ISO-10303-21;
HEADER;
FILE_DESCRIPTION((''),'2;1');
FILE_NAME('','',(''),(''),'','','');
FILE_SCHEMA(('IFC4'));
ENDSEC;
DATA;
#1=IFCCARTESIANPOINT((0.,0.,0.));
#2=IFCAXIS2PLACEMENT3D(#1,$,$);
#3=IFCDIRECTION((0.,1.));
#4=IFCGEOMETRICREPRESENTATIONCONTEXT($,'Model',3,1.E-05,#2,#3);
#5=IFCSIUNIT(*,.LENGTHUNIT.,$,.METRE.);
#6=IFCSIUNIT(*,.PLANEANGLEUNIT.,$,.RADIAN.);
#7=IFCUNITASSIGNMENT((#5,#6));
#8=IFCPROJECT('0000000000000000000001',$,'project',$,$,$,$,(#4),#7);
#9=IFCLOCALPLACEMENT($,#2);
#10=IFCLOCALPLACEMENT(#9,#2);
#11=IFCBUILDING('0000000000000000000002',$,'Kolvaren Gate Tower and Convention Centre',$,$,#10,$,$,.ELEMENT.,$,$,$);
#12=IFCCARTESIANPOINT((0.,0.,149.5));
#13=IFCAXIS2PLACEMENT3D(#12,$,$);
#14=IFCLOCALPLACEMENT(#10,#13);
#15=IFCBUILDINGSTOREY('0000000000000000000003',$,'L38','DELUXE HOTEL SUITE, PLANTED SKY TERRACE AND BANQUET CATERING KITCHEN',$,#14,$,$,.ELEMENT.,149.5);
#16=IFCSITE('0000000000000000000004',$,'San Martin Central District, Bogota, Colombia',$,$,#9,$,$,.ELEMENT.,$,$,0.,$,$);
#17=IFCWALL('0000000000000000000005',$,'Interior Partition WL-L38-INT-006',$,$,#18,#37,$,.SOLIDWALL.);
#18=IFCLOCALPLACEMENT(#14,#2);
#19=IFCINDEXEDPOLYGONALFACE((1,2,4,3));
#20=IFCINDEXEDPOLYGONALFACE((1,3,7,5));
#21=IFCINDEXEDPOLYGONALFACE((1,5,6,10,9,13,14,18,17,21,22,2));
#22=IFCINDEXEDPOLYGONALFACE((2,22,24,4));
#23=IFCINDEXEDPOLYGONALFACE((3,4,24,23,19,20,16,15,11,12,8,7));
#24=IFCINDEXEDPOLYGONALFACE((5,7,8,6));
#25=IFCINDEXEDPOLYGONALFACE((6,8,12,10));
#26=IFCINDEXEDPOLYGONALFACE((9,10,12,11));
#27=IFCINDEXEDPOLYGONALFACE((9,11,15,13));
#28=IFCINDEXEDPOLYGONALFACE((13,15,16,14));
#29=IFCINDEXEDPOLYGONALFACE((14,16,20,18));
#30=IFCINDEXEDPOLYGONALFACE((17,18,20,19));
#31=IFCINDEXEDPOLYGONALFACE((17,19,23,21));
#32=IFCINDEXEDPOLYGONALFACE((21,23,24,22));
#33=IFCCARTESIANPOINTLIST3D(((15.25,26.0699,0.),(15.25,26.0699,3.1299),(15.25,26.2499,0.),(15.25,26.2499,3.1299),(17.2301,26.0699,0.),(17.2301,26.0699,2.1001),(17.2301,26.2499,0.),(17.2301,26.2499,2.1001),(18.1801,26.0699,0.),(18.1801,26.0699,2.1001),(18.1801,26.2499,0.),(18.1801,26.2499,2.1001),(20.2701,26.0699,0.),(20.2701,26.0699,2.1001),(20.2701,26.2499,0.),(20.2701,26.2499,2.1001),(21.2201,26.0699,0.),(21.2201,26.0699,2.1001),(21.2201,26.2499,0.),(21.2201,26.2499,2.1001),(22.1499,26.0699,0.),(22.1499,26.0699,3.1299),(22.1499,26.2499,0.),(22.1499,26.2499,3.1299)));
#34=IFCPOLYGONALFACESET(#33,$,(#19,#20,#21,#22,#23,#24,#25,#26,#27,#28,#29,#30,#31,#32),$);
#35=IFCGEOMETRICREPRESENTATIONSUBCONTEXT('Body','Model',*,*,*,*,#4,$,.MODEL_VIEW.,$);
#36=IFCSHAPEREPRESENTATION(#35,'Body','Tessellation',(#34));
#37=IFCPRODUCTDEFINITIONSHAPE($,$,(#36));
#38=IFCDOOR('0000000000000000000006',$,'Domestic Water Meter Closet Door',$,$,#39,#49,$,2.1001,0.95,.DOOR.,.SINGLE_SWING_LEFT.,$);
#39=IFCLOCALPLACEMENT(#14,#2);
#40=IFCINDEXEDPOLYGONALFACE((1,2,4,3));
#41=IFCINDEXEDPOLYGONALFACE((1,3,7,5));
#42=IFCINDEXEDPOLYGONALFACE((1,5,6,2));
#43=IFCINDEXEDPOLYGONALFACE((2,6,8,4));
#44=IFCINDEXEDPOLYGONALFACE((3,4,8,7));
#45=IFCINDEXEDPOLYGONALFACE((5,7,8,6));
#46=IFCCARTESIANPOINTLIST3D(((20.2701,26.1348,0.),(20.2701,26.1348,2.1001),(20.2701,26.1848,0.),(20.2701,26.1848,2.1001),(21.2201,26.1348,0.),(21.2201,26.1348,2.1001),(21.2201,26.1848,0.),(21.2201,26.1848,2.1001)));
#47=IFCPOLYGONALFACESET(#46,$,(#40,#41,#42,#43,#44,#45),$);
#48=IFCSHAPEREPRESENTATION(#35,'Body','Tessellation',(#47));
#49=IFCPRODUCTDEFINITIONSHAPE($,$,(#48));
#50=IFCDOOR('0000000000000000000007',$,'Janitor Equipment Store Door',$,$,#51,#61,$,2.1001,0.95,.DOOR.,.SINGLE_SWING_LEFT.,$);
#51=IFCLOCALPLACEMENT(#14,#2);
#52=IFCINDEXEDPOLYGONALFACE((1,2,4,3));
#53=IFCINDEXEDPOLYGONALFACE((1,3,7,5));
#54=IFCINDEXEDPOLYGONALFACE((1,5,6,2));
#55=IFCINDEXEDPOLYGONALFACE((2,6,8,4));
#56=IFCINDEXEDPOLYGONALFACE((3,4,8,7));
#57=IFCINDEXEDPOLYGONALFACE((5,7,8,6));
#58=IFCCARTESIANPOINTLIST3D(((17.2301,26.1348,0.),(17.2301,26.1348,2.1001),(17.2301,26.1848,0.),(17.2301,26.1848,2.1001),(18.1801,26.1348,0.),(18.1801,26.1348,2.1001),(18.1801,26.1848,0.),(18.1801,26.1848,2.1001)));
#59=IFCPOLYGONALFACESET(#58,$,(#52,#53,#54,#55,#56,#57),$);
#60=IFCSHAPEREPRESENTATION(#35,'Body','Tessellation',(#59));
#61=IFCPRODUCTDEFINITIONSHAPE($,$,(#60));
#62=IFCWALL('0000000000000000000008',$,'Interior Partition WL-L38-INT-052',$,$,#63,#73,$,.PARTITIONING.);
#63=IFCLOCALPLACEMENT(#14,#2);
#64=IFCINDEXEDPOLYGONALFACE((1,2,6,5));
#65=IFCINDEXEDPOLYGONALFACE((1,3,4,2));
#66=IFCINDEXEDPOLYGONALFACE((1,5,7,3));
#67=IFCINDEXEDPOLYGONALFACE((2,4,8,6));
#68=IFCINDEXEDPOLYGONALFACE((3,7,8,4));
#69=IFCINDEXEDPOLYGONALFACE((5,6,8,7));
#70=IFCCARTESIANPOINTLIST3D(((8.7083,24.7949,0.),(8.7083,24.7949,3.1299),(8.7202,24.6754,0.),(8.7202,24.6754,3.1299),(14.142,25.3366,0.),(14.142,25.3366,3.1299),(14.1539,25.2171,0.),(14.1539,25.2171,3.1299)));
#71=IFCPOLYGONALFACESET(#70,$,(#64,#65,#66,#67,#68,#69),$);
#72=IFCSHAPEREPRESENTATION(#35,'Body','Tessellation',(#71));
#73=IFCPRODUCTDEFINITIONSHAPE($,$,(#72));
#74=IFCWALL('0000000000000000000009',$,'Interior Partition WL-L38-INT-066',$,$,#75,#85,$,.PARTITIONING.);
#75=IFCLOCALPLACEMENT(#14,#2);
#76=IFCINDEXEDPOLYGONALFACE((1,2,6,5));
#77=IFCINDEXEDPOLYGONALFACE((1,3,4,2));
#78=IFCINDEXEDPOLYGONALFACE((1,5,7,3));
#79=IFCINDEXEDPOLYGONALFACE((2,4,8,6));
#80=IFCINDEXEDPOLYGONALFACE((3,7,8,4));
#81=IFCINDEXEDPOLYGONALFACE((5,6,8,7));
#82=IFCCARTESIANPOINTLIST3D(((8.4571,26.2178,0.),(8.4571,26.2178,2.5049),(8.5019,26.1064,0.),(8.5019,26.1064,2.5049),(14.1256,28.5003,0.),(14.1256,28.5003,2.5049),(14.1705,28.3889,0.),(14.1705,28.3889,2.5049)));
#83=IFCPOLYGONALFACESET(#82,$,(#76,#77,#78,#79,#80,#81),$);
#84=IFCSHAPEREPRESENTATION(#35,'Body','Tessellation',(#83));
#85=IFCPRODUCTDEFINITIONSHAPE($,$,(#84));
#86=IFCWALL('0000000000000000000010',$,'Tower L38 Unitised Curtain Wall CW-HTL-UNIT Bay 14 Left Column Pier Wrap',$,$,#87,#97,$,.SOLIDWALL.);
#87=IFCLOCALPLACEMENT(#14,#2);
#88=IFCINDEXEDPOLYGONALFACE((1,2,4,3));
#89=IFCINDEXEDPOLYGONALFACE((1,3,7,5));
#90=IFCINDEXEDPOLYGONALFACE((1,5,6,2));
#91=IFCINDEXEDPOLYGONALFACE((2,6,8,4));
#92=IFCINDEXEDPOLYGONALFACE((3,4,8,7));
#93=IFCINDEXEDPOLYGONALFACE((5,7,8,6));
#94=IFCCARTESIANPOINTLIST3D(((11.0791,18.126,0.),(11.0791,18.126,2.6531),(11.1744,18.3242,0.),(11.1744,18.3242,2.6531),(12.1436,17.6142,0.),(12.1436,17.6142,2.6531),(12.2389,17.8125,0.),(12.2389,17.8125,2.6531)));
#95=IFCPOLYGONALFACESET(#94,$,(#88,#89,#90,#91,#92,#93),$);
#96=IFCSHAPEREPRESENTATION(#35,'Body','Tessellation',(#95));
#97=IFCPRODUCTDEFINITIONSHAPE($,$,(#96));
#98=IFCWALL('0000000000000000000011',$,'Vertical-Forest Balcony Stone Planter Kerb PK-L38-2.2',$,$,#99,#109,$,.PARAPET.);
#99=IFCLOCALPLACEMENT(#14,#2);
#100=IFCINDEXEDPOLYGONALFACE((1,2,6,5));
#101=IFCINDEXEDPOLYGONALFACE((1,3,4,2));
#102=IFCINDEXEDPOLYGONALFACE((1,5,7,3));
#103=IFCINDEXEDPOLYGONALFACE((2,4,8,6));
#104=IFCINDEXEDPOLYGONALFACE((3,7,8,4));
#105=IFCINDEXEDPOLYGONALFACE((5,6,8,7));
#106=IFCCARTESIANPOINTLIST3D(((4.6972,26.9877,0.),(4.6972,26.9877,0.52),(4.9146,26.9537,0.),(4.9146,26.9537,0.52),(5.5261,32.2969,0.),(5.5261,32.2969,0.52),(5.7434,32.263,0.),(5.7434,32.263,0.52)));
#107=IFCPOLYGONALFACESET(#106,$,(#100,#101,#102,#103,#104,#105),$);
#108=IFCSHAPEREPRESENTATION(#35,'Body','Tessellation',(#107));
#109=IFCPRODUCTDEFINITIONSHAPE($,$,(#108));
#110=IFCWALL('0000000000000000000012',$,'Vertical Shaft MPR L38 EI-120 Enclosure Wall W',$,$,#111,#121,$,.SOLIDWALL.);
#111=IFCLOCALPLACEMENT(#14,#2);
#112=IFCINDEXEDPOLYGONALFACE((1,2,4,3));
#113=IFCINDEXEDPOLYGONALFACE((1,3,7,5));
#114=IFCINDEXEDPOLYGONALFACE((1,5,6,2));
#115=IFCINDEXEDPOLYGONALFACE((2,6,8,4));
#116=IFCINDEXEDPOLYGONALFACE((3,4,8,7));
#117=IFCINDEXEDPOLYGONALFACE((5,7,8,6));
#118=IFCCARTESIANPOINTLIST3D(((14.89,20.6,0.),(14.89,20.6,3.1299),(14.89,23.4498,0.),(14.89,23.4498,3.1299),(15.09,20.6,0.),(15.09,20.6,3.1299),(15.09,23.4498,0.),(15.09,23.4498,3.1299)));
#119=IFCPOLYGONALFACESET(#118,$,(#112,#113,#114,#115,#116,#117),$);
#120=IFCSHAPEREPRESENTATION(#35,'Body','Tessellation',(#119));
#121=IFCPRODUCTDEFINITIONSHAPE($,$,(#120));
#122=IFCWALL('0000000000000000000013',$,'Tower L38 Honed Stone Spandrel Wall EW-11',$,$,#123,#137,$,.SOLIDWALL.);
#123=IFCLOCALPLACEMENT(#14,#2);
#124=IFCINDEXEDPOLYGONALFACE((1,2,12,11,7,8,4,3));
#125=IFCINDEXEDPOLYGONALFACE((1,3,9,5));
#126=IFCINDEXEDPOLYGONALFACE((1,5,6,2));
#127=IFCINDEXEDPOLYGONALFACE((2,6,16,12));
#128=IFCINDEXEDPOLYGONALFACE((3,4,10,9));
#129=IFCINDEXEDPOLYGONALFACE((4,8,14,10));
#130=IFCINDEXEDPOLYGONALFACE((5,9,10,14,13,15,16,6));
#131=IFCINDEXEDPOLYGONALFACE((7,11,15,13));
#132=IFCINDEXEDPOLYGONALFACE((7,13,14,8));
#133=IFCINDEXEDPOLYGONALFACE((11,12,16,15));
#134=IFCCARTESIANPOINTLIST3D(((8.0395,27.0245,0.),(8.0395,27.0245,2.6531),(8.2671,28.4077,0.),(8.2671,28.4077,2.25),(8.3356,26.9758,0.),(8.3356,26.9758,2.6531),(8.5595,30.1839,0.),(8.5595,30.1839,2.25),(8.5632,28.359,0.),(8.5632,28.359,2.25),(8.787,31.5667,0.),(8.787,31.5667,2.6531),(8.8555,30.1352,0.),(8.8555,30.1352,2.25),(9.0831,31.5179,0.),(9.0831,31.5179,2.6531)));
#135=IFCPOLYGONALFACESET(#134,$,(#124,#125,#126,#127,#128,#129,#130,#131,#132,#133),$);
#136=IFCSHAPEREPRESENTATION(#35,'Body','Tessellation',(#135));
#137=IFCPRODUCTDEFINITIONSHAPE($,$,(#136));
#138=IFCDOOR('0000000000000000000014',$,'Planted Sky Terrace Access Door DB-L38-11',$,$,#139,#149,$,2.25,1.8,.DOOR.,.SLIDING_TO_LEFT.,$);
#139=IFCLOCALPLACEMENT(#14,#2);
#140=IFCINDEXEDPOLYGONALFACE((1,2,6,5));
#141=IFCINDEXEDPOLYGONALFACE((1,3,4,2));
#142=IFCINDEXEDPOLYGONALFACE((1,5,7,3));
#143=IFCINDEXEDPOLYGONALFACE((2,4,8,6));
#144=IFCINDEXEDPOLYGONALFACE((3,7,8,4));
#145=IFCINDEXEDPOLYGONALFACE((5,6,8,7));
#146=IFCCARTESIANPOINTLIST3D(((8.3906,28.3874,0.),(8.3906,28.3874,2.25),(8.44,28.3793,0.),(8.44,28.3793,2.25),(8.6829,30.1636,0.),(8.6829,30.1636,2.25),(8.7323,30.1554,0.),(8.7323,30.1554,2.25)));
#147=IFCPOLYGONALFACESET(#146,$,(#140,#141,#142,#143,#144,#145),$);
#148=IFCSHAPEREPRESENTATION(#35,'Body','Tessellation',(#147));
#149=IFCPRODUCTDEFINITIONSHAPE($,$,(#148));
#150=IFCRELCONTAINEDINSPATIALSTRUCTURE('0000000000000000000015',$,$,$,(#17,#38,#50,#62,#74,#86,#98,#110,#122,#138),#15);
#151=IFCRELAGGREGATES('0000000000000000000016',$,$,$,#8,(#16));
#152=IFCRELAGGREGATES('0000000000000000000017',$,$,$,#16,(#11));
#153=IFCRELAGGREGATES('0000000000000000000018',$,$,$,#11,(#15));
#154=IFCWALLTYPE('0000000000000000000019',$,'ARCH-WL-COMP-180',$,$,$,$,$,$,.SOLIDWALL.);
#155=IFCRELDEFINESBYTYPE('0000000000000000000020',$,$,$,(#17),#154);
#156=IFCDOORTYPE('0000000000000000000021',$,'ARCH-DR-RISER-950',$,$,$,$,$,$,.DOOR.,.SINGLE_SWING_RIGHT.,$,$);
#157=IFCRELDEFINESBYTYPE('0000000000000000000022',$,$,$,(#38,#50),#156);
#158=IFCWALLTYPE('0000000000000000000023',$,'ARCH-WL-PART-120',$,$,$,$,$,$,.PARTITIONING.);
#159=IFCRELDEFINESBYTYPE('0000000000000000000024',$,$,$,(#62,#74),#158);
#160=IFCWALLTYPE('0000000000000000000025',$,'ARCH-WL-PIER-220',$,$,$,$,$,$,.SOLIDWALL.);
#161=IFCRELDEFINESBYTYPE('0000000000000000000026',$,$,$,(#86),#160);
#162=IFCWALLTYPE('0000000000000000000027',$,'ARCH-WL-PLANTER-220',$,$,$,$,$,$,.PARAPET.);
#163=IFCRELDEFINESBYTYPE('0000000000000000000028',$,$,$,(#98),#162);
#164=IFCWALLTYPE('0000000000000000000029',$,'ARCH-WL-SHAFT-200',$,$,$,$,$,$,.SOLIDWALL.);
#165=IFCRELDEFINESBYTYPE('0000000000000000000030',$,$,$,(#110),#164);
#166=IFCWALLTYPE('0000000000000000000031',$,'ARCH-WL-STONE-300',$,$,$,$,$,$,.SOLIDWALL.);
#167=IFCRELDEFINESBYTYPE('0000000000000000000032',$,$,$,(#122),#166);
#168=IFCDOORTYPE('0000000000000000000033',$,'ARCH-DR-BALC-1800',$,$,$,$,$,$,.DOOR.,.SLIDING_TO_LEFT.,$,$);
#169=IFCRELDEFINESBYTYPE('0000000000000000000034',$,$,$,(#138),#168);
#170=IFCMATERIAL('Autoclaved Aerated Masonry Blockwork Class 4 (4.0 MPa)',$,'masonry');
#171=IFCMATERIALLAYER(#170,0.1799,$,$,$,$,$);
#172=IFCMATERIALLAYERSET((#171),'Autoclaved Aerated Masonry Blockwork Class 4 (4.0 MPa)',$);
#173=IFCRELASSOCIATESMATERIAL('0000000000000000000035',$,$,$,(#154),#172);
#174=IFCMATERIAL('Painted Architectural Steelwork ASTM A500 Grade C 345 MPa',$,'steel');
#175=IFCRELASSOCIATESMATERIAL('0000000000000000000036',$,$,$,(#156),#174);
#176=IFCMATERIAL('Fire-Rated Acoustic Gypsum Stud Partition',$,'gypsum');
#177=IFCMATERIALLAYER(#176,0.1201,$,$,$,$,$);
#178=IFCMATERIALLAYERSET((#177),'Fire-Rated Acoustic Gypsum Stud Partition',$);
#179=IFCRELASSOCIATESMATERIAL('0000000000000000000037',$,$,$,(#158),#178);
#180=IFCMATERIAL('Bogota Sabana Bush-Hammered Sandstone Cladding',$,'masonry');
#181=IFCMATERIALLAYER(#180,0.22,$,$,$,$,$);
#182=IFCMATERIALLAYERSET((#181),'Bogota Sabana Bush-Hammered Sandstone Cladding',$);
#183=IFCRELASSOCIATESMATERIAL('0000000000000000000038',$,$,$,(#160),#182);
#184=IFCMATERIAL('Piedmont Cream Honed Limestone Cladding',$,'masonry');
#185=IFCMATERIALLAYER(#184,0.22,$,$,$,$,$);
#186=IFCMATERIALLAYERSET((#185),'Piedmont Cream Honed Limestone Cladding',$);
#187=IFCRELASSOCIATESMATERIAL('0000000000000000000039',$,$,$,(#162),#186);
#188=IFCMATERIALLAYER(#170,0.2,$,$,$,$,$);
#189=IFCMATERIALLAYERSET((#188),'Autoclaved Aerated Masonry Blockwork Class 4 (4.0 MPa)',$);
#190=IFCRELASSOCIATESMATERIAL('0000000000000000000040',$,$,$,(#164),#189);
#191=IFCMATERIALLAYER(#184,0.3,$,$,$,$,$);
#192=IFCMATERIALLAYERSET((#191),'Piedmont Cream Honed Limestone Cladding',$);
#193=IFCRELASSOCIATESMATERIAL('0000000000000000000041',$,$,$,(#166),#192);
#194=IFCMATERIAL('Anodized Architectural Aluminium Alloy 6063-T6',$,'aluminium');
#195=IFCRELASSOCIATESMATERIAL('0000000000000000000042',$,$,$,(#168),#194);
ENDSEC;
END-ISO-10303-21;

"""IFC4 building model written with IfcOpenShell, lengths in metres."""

from ifc_helpers import new_model, si_unit, direction, frame, frame_2d, origin, place, context, subcontext, project, spatial, rectangle, extrude, material, layer, layer_set, type_object, element, fill, save


model = new_model("IFC4")

# Units and contexts
model_context = context("Model", 3, precision=1e-05, world=origin(), true_north=direction((0.0, 1.0)))
body_context = subcontext(model_context, "Body", "Model", "MODEL_VIEW")
ifc_project = project(units=[si_unit("LENGTHUNIT", "METRE"), si_unit("PLANEANGLEUNIT", "RADIAN")], contexts=[model_context])

# Site, building, storey
site_placement = place(None, origin())
site = spatial("IfcSite", under=ifc_project, at=site_placement, Name="San Martin Central District, Bogota, Colombia", CompositionType="ELEMENT", RefElevation=0.0)
building_placement = place(site_placement, origin())
building = spatial("IfcBuilding", under=site, at=building_placement, Name="Kolvaren Gate Tower and Convention Centre", CompositionType="ELEMENT")
storey_placement = place(building_placement, frame((0.0, 0.0, 149.5)))
storey = spatial("IfcBuildingStorey", under=building, at=storey_placement, Name="L38", Description="DELUXE HOTEL SUITE, PLANTED SKY TERRACE AND BANQUET CATERING KITCHEN", CompositionType="ELEMENT", Elevation=149.5)

# Shared definitions
ifc_material_1 = material(Name="Anodized Architectural Aluminium Alloy 6063-T6", Category="aluminium")

# Wall, openings, doors
ifc_material_2 = material(Name="Autoclaved Aerated Masonry Blockwork Class 4 (4.0 MPa)", Category="masonry")
ifc_layer_1 = layer(ifc_material_2, 0.1799)
ifc_layer_set_1 = layer_set([ifc_layer_1], Name="Autoclaved Aerated Masonry Blockwork Class 4 (4.0 MPa)")
wall_type_1 = type_object("IfcWallType", Name="ARCH-WL-COMP-180", PredefinedType="SOLIDWALL", material=ifc_layer_set_1)
wall_1_placement = place(storey_placement, frame((15.25, 26.1599, 0.0), z_axis=(0.0, 0.0, 1.0), x_axis=(1.0, 0.0, 0.0)))
wall_1 = element("IfcWall", 1, at=wall_1_placement, inside=storey, type_object=wall_type_1, Name="Interior Partition WL-L38-INT-006", PredefinedType="SOLIDWALL", context=body_context, shape_type="SweptSolid", body=[
    extrude(rectangle(XDim=6.8999, YDim=0.1799, at=frame_2d((3.45, 0.0))), origin(), (0.0, 0.0, 1.0), 3.1299),
])
opening_1_placement = place(wall_1_placement, frame((5.02, 0.0, 0.0)))
opening_1 = element("IfcOpeningElement", 2, at=opening_1_placement, cuts=wall_1, PredefinedType="OPENING", context=body_context, shape_type="SweptSolid", body=[
    extrude(rectangle(XDim=0.95, YDim=2.1001, at=frame_2d((0.4751, 1.05))), frame((0.0, 0.0999, 0.0), z_axis=(0.0, -1.0, 0.0), x_axis=(1.0, 0.0, 0.0)), (0.0, 0.0, 1.0), 0.2),
])
opening_2_placement = place(wall_1_placement, frame((1.98, 0.0, 0.0)))
opening_2 = element("IfcOpeningElement", 3, at=opening_2_placement, cuts=wall_1, PredefinedType="OPENING", context=body_context, shape_type="SweptSolid", body=[
    extrude(rectangle(XDim=0.95, YDim=2.1001, at=frame_2d((0.4751, 1.05))), frame((0.0, 0.0999, 0.0), z_axis=(0.0, -1.0, 0.0), x_axis=(1.0, 0.0, 0.0)), (0.0, 0.0, 1.0), 0.2),
])
ifc_material_3 = material(Name="Painted Architectural Steelwork ASTM A500 Grade C 345 MPa", Category="steel")
door_type_1 = type_object("IfcDoorType", Name="ARCH-DR-RISER-950", OperationType="SINGLE_SWING_RIGHT", PredefinedType="DOOR", material=ifc_material_3)
door_1_placement = place(opening_1_placement, origin())
door_1 = element("IfcDoor", 4, at=door_1_placement, inside=storey, type_object=door_type_1, Name="Domestic Water Meter Closet Door", OperationType="SINGLE_SWING_LEFT", OverallHeight=2.1001, OverallWidth=0.95, PredefinedType="DOOR", context=body_context, shape_type="SweptSolid", body=[
    extrude(rectangle(XDim=0.95, YDim=2.1001, at=frame_2d((0.4751, 1.05))), frame((0.0, 0.0249, 0.0), z_axis=(0.0, -1.0, 0.0), x_axis=(1.0, 0.0, 0.0)), (0.0, 0.0, 1.0), 0.05),
])
fill(opening_1, door_1)
door_2_placement = place(opening_2_placement, origin())
door_2 = element("IfcDoor", 5, at=door_2_placement, inside=storey, type_object=door_type_1, Name="Janitor Equipment Store Door", OperationType="SINGLE_SWING_LEFT", OverallHeight=2.1001, OverallWidth=0.95, PredefinedType="DOOR", context=body_context, shape_type="SweptSolid", body=[
    extrude(rectangle(XDim=0.95, YDim=2.1001, at=frame_2d((0.4751, 1.05))), frame((0.0, 0.0249, 0.0), z_axis=(0.0, -1.0, 0.0), x_axis=(1.0, 0.0, 0.0)), (0.0, 0.0, 1.0), 0.05),
])
fill(opening_2, door_2)

# Walls
ifc_material_4 = material(Name="Fire-Rated Acoustic Gypsum Stud Partition", Category="gypsum")
ifc_layer_2 = layer(ifc_material_4, 0.1201)
ifc_layer_set_2 = layer_set([ifc_layer_2], Name="Fire-Rated Acoustic Gypsum Stud Partition")
wall_type_2 = type_object("IfcWallType", Name="ARCH-WL-PART-120", PredefinedType="PARTITIONING", material=ifc_layer_set_2)
wall_2_placement = place(storey_placement, frame((8.7141, 24.7351, 0.0), z_axis=(0.0, 0.0, 1.0), x_axis=(0.995067, 0.099207, 0.0)))
element("IfcWall", 6, at=wall_2_placement, inside=storey, type_object=wall_type_2, Name="Interior Partition WL-L38-INT-052", PredefinedType="PARTITIONING", context=body_context, shape_type="SweptSolid", body=[
    extrude(rectangle(XDim=5.4607, YDim=0.1201, at=frame_2d((2.7305, 0.0))), origin(), (0.0, 0.0, 1.0), 3.1299),
])
wall_3_placement = place(storey_placement, frame((8.4795, 26.1621, 0.0), z_axis=(0.0, 0.0, 1.0), x_axis=(0.927623, 0.373518, 0.0)))
element("IfcWall", 7, at=wall_3_placement, inside=storey, type_object=wall_type_2, Name="Interior Partition WL-L38-INT-066", PredefinedType="PARTITIONING", context=body_context, shape_type="SweptSolid", body=[
    extrude(rectangle(XDim=6.1108, YDim=0.1201, at=frame_2d((3.0554, 0.0))), origin(), (0.0, 0.0, 1.0), 2.5049),
])
ifc_material_5 = material(Name="Bogota Sabana Bush-Hammered Sandstone Cladding", Category="masonry")
ifc_layer_3 = layer(ifc_material_5, 0.22)
ifc_layer_set_3 = layer_set([ifc_layer_3], Name="Bogota Sabana Bush-Hammered Sandstone Cladding")
wall_type_3 = type_object("IfcWallType", Name="ARCH-WL-PIER-220", PredefinedType="SOLIDWALL", material=ifc_layer_set_3)
wall_4_placement = place(storey_placement, frame((11.1267, 18.2251, 0.0), z_axis=(0.0, 0.0, 1.0), x_axis=(0.901265, -0.433269, 0.0)))
element("IfcWall", 8, at=wall_4_placement, inside=storey, type_object=wall_type_3, Name="Tower L38 Unitised Curtain Wall CW-HTL-UNIT Bay 14 Left Column Pier Wrap", PredefinedType="SOLIDWALL", context=body_context, shape_type="SweptSolid", body=[
    extrude(rectangle(XDim=1.1812, YDim=0.22, at=frame_2d((0.5906, 0.0))), origin(), (0.0, 0.0, 1.0), 2.6531),
])
ifc_material_6 = material(Name="Piedmont Cream Honed Limestone Cladding", Category="masonry")
ifc_layer_4 = layer(ifc_material_6, 0.22)
ifc_layer_set_4 = layer_set([ifc_layer_4], Name="Piedmont Cream Honed Limestone Cladding")
wall_type_4 = type_object("IfcWallType", Name="ARCH-WL-PLANTER-220", PredefinedType="PARAPET", material=ifc_layer_set_4)
wall_5_placement = place(storey_placement, frame((4.8059, 26.9707, 0.0), z_axis=(0.0, 0.0, 1.0), x_axis=(0.154245, 0.988033, 0.0)))
element("IfcWall", 9, at=wall_5_placement, inside=storey, type_object=wall_type_4, Name="Vertical-Forest Balcony Stone Planter Kerb PK-L38-2.2", PredefinedType="PARAPET", context=body_context, shape_type="SweptSolid", body=[
    extrude(rectangle(XDim=5.3735, YDim=0.22, at=frame_2d((2.6868, 0.0))), origin(), (0.0, 0.0, 1.0), 0.52),
])
ifc_layer_5 = layer(ifc_material_2, 0.2)
ifc_layer_set_5 = layer_set([ifc_layer_5], Name="Autoclaved Aerated Masonry Blockwork Class 4 (4.0 MPa)")
wall_type_5 = type_object("IfcWallType", Name="ARCH-WL-SHAFT-200", PredefinedType="SOLIDWALL", material=ifc_layer_set_5)
wall_6_placement = place(storey_placement, frame((14.99, 20.6001, 0.0), z_axis=(0.0, 0.0, 1.0), x_axis=(0.0, 1.0, 0.0)))
element("IfcWall", 10, at=wall_6_placement, inside=storey, type_object=wall_type_5, Name="Vertical Shaft MPR L38 EI-120 Enclosure Wall W", PredefinedType="SOLIDWALL", context=body_context, shape_type="SweptSolid", body=[
    extrude(rectangle(XDim=2.8499, YDim=0.2, at=frame_2d((1.4248, 0.0))), origin(), (0.0, 0.0, 1.0), 3.1299),
])

# Wall, opening, door
ifc_layer_6 = layer(ifc_material_6, 0.3)
ifc_layer_set_6 = layer_set([ifc_layer_6], Name="Piedmont Cream Honed Limestone Cladding")
wall_type_6 = type_object("IfcWallType", Name="ARCH-WL-STONE-300", PredefinedType="SOLIDWALL", material=ifc_layer_set_6)
wall_7_placement = place(storey_placement, frame((8.1875, 27.0, 0.0), z_axis=(0.0, 0.0, 1.0), x_axis=(0.162395, 0.986726, 0.0)))
wall_7 = element("IfcWall", 11, at=wall_7_placement, inside=storey, type_object=wall_type_6, Name="Tower L38 Honed Stone Spandrel Wall EW-11", PredefinedType="SOLIDWALL", context=body_context, shape_type="SweptSolid", body=[
    extrude(rectangle(XDim=4.6033, YDim=0.3, at=frame_2d((2.3018, 0.0))), origin(), (0.0, 0.0, 1.0), 2.6531),
])
opening_3_placement = place(wall_7_placement, frame((1.4021, 0.0, 0.0)))
opening_3 = element("IfcOpeningElement", 12, at=opening_3_placement, cuts=wall_7, PredefinedType="OPENING", context=body_context, shape_type="SweptSolid", body=[
    extrude(rectangle(XDim=1.8, YDim=2.25, at=frame_2d((0.8999, 1.125))), frame((0.0, 0.1599, 0.0), z_axis=(0.0, -1.0, 0.0), x_axis=(1.0, 0.0, 0.0)), (0.0, 0.0, 1.0), 0.3201),
])
door_type_2 = type_object("IfcDoorType", Name="ARCH-DR-BALC-1800", OperationType="SLIDING_TO_LEFT", PredefinedType="DOOR", material=ifc_material_1)
door_3_placement = place(opening_3_placement, origin())
door_3 = element("IfcDoor", 13, at=door_3_placement, inside=storey, type_object=door_type_2, Name="Planted Sky Terrace Access Door DB-L38-11", OperationType="SLIDING_TO_LEFT", OverallHeight=2.25, OverallWidth=1.8, PredefinedType="DOOR", context=body_context, shape_type="SweptSolid", body=[
    extrude(rectangle(XDim=1.8, YDim=2.25, at=frame_2d((0.8999, 1.125))), frame((0.0, 0.0249, 0.0), z_axis=(0.0, -1.0, 0.0), x_axis=(1.0, 0.0, 0.0)), (0.0, 0.0, 1.0), 0.05),
])
fill(opening_3, door_3)

save(model, "model.ifc")
